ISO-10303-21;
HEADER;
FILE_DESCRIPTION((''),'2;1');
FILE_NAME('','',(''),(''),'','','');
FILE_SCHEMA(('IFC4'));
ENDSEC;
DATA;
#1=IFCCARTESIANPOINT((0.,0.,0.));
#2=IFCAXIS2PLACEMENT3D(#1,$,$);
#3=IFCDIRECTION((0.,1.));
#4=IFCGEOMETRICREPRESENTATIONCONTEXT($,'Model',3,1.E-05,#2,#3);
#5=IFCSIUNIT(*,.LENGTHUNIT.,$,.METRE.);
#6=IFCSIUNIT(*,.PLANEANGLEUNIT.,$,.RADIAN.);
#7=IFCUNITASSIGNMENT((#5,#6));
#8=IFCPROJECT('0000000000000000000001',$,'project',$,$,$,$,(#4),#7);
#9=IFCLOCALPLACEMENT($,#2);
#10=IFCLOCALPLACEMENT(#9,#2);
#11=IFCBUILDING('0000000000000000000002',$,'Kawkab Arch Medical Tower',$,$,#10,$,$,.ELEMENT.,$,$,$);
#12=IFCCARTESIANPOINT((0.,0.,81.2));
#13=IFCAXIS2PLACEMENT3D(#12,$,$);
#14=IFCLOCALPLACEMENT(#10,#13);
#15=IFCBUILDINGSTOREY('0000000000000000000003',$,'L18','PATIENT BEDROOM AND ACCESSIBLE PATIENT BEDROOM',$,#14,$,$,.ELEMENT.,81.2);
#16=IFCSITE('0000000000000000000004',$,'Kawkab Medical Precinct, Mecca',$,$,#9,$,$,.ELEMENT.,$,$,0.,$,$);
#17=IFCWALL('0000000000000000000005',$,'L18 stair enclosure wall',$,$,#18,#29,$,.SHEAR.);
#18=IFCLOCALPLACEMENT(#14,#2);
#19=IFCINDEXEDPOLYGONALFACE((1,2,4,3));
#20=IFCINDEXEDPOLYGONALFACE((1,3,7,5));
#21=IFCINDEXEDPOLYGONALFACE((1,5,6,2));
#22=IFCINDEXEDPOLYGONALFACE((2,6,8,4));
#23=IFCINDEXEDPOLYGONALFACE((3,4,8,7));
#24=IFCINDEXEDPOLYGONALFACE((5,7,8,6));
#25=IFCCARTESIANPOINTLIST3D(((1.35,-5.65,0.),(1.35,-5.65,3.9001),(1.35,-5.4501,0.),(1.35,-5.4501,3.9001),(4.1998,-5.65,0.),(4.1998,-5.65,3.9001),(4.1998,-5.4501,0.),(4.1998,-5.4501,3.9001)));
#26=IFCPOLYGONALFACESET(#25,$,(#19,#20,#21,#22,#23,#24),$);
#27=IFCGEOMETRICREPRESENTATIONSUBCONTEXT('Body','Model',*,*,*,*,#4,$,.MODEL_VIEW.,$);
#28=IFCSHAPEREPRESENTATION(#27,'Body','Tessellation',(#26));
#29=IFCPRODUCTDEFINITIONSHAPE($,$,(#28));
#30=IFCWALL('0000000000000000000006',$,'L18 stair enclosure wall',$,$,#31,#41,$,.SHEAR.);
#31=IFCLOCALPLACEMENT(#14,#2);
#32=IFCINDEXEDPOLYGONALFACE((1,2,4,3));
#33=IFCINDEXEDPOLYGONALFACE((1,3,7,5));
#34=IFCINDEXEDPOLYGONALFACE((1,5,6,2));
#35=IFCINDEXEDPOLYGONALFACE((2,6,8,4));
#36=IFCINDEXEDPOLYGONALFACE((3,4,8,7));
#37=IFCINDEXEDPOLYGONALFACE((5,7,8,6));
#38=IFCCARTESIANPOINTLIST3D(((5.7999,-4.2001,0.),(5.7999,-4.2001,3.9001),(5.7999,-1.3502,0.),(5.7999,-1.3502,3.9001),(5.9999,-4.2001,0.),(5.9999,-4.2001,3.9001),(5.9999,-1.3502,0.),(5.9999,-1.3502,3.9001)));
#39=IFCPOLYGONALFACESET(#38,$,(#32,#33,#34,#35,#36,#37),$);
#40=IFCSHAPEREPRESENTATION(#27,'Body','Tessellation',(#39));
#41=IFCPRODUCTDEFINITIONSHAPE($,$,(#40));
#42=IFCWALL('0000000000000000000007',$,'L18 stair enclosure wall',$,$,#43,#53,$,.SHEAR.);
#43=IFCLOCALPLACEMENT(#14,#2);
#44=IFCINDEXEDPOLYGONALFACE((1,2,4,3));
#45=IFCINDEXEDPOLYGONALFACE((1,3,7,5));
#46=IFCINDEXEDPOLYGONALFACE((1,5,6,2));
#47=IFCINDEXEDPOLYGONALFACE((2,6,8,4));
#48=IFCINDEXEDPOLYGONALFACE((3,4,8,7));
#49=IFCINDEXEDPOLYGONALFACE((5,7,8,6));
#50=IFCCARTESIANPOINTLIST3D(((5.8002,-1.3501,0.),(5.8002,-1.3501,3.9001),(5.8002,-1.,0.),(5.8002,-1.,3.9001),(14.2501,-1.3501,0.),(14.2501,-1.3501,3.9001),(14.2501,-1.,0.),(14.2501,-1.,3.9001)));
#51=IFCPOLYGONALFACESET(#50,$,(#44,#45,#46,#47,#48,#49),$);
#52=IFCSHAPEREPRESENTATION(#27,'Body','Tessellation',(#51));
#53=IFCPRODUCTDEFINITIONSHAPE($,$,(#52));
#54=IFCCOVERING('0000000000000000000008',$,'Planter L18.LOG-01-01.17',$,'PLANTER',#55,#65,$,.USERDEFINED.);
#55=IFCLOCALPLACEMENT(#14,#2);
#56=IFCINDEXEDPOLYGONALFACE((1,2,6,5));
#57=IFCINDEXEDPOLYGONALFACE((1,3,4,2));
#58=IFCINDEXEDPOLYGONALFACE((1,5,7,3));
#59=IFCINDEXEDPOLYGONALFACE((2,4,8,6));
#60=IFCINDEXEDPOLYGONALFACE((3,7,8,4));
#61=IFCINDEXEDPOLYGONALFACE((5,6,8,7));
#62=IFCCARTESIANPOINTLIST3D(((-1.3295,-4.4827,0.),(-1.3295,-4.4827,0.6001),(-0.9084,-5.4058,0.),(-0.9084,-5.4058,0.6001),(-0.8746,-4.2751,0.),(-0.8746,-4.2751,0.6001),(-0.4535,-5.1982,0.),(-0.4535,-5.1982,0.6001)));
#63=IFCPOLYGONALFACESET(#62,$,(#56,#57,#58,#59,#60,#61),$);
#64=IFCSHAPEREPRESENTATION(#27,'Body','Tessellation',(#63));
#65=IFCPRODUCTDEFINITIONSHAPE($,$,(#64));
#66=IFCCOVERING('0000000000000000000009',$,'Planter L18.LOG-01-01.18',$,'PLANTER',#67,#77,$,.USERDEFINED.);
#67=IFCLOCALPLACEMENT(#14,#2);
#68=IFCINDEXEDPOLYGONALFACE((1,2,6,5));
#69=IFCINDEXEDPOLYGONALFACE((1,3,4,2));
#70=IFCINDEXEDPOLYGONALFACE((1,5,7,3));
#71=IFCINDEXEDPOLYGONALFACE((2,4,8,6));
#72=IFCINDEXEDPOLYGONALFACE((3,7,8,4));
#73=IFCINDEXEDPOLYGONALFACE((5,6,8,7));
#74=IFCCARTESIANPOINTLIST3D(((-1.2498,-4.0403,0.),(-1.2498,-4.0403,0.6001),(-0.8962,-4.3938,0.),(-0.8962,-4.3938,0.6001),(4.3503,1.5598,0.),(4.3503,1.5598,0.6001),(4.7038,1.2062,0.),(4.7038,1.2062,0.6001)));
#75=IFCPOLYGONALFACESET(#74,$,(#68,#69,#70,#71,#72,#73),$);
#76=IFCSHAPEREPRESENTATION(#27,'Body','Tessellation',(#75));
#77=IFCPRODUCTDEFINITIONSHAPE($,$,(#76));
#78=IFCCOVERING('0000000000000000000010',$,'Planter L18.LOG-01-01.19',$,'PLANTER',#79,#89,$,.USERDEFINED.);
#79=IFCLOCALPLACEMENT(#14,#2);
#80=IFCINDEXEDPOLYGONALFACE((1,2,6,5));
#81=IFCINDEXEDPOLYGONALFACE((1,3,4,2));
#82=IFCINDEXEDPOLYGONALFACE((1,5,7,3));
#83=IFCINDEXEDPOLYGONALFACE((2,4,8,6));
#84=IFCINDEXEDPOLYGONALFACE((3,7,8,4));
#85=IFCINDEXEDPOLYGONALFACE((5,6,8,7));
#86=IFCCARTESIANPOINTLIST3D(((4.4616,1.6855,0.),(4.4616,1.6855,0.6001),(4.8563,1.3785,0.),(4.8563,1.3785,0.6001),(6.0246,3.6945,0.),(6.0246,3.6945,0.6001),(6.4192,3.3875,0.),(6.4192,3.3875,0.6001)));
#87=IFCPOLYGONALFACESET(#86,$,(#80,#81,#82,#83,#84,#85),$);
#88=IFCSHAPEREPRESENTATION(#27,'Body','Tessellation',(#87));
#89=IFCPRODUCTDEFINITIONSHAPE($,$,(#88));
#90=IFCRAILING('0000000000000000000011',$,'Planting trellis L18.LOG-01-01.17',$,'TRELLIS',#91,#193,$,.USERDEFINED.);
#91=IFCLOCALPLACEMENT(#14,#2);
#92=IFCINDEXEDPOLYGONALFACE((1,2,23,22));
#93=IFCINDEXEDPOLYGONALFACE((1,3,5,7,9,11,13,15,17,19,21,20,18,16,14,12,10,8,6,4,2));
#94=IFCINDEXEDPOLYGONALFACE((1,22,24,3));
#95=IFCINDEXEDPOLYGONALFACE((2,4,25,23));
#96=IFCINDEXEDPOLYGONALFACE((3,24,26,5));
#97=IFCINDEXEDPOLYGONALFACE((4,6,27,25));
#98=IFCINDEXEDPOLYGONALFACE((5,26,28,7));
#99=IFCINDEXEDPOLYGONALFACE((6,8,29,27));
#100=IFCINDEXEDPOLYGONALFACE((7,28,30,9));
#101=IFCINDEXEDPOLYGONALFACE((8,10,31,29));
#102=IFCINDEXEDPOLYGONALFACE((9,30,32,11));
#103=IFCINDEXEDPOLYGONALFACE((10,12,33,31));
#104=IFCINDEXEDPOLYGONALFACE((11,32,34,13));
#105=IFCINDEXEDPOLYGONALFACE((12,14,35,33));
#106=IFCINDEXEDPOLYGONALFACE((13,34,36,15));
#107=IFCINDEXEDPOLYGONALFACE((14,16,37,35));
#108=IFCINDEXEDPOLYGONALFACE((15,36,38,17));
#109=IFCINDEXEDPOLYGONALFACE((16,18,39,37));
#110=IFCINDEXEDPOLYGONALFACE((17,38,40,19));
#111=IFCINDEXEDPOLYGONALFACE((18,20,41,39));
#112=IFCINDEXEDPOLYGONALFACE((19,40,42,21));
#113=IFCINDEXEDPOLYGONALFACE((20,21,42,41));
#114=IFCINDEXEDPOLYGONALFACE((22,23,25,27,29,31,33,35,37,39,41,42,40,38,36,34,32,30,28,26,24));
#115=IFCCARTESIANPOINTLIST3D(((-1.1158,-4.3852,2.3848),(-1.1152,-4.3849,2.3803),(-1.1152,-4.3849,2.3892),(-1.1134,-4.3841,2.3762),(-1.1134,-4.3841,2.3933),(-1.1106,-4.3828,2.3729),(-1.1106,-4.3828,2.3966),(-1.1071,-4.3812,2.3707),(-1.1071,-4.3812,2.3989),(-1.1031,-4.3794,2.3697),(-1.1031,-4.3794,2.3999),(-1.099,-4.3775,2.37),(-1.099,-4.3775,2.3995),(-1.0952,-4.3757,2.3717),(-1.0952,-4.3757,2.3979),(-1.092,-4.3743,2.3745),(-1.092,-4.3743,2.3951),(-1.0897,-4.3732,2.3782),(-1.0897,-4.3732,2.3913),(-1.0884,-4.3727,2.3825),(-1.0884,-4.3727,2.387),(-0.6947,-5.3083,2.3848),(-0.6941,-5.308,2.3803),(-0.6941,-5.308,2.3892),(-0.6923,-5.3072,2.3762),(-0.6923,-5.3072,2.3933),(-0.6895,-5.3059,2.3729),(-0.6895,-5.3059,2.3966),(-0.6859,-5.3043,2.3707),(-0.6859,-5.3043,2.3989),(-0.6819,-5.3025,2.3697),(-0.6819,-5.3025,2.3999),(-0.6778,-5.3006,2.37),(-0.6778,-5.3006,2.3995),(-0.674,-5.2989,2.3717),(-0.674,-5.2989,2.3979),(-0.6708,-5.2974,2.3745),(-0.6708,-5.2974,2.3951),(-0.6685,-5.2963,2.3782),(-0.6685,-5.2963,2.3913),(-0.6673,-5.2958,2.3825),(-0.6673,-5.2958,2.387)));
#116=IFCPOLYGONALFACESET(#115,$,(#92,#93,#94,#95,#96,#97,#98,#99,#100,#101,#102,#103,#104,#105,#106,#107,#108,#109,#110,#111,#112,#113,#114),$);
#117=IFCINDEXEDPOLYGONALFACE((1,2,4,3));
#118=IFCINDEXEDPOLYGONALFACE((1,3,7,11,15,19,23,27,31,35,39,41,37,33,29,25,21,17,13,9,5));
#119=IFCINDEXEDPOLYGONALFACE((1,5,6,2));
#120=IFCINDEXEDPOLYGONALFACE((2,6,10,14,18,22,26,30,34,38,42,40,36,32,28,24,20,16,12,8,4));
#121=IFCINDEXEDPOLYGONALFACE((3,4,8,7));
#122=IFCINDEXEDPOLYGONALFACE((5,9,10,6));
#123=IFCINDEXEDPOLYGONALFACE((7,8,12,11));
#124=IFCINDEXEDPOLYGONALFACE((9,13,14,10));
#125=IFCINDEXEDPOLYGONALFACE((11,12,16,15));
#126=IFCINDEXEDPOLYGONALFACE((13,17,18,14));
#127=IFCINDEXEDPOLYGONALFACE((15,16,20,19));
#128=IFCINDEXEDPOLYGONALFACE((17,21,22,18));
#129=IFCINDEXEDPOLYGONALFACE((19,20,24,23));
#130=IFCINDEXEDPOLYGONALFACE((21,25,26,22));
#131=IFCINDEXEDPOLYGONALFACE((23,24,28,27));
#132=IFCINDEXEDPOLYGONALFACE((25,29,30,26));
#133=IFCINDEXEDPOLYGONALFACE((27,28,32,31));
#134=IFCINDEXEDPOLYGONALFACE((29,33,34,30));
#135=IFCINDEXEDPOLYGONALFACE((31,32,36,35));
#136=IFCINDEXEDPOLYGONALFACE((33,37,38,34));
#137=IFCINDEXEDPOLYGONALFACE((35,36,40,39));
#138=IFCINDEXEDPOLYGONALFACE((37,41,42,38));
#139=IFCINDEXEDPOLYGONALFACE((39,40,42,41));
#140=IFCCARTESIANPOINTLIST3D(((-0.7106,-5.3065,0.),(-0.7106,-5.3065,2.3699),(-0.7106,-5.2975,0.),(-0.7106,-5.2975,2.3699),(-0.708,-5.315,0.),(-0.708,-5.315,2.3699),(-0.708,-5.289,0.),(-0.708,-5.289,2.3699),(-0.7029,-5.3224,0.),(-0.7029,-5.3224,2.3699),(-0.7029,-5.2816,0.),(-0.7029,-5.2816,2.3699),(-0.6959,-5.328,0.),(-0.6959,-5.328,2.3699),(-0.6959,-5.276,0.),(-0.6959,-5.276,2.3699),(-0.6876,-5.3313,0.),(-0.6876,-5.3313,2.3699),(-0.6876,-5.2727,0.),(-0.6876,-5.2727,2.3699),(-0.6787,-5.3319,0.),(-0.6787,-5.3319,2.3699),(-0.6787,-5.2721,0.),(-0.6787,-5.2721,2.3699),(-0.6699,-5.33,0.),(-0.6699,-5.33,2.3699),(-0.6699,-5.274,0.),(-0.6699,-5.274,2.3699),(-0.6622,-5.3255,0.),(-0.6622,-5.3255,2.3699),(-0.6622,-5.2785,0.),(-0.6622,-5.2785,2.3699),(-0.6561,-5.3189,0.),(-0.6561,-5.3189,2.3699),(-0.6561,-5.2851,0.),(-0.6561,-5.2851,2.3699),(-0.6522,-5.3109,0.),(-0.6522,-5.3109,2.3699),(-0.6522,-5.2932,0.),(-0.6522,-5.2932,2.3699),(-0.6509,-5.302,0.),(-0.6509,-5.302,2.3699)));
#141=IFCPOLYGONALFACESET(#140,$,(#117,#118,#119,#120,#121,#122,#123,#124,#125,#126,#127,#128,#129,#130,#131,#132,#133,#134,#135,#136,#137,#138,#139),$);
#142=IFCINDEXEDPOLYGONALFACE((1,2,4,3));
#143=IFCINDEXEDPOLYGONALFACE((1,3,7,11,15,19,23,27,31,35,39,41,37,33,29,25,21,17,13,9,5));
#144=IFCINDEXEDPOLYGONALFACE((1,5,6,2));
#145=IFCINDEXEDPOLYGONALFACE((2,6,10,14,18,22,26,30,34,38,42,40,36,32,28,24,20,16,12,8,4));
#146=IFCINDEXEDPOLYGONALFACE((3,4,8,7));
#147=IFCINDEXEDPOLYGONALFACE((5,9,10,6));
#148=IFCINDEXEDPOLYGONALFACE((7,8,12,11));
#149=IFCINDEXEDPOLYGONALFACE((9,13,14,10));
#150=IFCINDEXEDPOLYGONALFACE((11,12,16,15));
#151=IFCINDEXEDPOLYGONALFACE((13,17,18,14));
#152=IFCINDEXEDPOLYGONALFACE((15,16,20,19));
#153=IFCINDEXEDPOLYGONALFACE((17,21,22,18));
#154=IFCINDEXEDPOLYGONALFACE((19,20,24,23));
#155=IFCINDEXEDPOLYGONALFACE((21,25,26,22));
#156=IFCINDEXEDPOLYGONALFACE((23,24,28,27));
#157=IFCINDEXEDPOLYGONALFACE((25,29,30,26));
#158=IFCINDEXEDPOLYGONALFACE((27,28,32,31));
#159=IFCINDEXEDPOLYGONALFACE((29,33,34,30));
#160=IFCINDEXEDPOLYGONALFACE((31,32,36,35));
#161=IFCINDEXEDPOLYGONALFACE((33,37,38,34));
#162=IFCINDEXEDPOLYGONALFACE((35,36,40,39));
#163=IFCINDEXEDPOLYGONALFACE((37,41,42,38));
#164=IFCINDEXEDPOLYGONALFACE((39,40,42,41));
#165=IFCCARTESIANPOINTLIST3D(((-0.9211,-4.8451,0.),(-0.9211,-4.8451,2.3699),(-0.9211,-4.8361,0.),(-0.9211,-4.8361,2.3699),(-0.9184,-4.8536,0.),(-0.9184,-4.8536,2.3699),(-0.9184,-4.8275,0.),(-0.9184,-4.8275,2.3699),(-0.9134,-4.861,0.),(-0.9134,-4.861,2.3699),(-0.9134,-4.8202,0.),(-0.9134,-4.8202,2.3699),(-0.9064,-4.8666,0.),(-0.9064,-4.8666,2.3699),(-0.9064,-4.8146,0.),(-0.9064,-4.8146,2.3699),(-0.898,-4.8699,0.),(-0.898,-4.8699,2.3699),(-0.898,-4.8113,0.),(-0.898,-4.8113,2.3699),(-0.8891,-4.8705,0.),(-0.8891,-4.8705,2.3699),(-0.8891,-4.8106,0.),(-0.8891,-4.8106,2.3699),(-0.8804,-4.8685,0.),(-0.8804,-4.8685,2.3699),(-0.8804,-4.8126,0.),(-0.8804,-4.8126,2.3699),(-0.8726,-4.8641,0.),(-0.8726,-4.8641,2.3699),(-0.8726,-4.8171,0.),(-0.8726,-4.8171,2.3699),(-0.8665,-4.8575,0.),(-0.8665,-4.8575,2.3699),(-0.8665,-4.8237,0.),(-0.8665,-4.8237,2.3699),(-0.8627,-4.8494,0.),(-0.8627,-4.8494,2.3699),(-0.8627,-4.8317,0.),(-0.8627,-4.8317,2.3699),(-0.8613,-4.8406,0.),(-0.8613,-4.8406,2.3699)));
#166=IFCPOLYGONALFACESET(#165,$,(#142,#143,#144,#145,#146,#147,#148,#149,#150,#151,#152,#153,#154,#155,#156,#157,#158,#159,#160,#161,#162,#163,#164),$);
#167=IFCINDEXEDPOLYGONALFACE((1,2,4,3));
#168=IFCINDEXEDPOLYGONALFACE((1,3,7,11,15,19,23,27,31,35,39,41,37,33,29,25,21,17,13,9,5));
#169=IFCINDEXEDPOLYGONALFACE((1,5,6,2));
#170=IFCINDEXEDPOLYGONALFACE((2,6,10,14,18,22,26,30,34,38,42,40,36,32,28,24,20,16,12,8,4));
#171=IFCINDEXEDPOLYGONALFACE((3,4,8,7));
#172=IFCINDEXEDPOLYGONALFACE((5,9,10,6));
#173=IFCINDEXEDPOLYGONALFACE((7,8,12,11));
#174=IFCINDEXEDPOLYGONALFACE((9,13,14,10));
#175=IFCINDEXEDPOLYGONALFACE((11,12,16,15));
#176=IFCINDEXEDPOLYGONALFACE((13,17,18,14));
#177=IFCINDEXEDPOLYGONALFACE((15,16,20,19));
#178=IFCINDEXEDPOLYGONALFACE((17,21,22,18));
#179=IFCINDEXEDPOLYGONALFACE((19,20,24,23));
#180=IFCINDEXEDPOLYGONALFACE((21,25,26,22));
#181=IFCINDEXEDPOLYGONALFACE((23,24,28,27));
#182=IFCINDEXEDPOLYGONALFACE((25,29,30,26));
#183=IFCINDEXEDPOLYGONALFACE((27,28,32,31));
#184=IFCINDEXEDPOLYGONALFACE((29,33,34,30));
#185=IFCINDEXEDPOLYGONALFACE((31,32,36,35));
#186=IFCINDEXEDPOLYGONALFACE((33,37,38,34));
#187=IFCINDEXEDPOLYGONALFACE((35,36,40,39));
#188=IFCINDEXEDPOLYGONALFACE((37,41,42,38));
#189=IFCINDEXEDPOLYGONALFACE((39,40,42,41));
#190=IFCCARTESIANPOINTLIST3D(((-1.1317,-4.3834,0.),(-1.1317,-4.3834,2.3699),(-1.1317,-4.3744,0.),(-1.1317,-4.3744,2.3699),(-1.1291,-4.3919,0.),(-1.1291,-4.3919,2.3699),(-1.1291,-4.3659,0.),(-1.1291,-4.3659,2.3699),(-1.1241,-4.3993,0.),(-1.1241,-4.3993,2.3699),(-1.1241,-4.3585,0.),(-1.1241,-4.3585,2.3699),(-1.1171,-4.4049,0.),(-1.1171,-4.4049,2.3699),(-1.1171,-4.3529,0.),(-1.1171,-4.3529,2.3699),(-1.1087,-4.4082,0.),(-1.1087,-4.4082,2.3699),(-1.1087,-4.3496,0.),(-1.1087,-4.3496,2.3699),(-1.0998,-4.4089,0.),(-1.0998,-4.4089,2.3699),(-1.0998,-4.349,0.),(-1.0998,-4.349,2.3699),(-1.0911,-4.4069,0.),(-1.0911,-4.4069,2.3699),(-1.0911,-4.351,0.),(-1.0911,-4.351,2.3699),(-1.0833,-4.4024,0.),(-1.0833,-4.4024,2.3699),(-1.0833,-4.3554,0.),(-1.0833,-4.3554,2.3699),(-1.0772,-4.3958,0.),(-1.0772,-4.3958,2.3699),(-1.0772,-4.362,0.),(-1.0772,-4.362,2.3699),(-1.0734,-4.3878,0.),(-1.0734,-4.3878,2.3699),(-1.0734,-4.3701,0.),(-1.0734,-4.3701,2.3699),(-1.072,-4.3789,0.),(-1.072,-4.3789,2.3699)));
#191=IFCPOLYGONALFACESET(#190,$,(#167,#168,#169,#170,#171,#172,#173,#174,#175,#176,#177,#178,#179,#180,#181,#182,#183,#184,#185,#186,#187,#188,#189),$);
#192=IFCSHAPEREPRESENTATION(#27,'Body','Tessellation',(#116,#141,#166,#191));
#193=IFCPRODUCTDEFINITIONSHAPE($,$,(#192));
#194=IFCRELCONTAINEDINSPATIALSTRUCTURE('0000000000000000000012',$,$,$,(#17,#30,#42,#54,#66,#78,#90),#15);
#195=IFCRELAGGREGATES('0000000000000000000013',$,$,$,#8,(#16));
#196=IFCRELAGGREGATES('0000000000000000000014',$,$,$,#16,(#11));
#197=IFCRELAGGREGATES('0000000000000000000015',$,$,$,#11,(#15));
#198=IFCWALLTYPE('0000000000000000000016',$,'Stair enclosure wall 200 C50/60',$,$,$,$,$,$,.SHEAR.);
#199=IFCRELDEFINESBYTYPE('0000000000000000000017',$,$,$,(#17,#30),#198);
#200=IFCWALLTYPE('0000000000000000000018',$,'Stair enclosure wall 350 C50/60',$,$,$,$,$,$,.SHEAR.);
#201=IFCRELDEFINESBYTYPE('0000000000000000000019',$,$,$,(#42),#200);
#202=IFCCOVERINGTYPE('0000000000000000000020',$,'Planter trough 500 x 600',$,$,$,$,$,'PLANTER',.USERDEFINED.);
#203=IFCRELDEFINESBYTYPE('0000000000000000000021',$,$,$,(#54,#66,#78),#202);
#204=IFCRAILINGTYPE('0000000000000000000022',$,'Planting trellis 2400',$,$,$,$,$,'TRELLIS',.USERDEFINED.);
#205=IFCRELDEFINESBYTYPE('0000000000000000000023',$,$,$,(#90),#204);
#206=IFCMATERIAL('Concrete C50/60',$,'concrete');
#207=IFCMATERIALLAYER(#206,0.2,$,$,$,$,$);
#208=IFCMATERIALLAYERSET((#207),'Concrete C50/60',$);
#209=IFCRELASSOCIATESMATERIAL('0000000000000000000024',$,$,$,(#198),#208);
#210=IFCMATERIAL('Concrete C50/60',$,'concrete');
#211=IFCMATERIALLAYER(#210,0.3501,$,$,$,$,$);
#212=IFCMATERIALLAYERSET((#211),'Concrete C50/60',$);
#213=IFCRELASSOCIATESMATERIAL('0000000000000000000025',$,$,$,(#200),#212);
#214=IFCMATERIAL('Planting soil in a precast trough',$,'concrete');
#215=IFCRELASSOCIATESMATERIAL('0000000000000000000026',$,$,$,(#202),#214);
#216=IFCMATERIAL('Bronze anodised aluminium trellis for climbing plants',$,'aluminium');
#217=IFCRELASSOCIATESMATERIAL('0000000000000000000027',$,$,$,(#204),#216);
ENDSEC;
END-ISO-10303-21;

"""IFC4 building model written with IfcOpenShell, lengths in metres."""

from ifc_helpers import new_model, si_unit, direction, frame, frame_2d, origin, origin_2d, place, context, subcontext, project, spatial, rectangle, circle, extrude, material, layer, layer_set, material_profile, profile_set, type_object, element, save


model = new_model("IFC4")

# Units and contexts
model_context = context("Model", 3, precision=1e-05, world=origin(), true_north=direction((0.0, 1.0)))
body_context = subcontext(model_context, "Body", "Model", "MODEL_VIEW")
ifc_project = project(units=[si_unit("LENGTHUNIT", "METRE"), si_unit("PLANEANGLEUNIT", "RADIAN")], contexts=[model_context])

# Site, building, storey
site_placement = place(None, origin())
site = spatial("IfcSite", under=ifc_project, at=site_placement, Name="Kawkab Medical Precinct, Mecca", CompositionType="ELEMENT", RefElevation=0.0)
building_placement = place(site_placement, origin())
building = spatial("IfcBuilding", under=site, at=building_placement, Name="Kawkab Arch Medical Tower", CompositionType="ELEMENT")
storey_placement = place(building_placement, frame((0.0, 0.0, 81.2)))
storey = spatial("IfcBuildingStorey", under=building, at=storey_placement, Name="L18", Description="PATIENT BEDROOM AND ACCESSIBLE PATIENT BEDROOM", CompositionType="ELEMENT", Elevation=81.2)

# Walls
ifc_material_1 = material(Name="Concrete C50/60", Category="concrete")
ifc_layer_1 = layer(ifc_material_1, 0.2)
ifc_layer_set_1 = layer_set([ifc_layer_1], Name="Concrete C50/60")
wall_type_1 = type_object("IfcWallType", Name="Stair enclosure wall 200 C50/60", PredefinedType="SHEAR", material=ifc_layer_set_1)
for number, where, z_axis, x_axis, name in (
    (1, (1.3501, -5.55, 0.0), (0.0, 0.0, 1.0), (1.0, 0.0, 0.0), "L18 stair enclosure wall"),
    (2, (5.8999, -4.2, 0.0), (0.0, 0.0, 1.0), (0.0, 1.0, 0.0), "L18 stair enclosure wall"),
):
    element("IfcWall", number, at=place(storey_placement, frame(where, z_axis=z_axis, x_axis=x_axis)), inside=storey, type_object=wall_type_1, Name=name, PredefinedType="SHEAR", context=body_context, shape_type="SweptSolid", body=[
        extrude(rectangle(XDim=2.8499, YDim=0.2, at=frame_2d((1.4248, 0.0))), origin(), (0.0, 0.0, 1.0), 3.9001),
    ])
ifc_material_2 = material(Name="Concrete C50/60", Category="concrete")
ifc_layer_2 = layer(ifc_material_2, 0.3501)
ifc_layer_set_2 = layer_set([ifc_layer_2], Name="Concrete C50/60")
wall_type_2 = type_object("IfcWallType", Name="Stair enclosure wall 350 C50/60", PredefinedType="SHEAR", material=ifc_layer_set_2)
wall_1_placement = place(storey_placement, frame((5.8, -1.175, 0.0), z_axis=(0.0, 0.0, 1.0), x_axis=(1.0, 0.0, 0.0)))
element("IfcWall", 3, at=wall_1_placement, inside=storey, type_object=wall_type_2, Name="L18 stair enclosure wall", PredefinedType="SHEAR", context=body_context, shape_type="SweptSolid", body=[
    extrude(rectangle(XDim=8.45, YDim=0.3501, at=frame_2d((4.2251, 0.0))), origin(), (0.0, 0.0, 1.0), 3.9001),
])

# Coverings
ifc_material_3 = material(Name="Planting soil in a precast trough", Category="concrete")
ifc_material_profile_1 = material_profile(ifc_material_3, rectangle(XDim=0.5, YDim=0.6001, at=origin_2d()), Name="Trough 500x600")
ifc_profile_set_1 = profile_set([ifc_material_profile_1], Name="Planting soil in a precast trough")
covering_type = type_object("IfcCoveringType", Name="Planter trough 500 x 600", ElementType="PLANTER", PredefinedType="USERDEFINED", material=ifc_profile_set_1)
covering_1_placement = place(storey_placement, frame((-0.6809, -5.302, 0.3), z_axis=(-0.415072, 0.909789, 0.0), x_axis=(-0.909789, -0.415072, 0.0)))
element("IfcCovering", 4, at=covering_1_placement, inside=storey, type_object=covering_type, Name="Planter L18.LOG-01-01.17", ObjectType="PLANTER", PredefinedType="USERDEFINED", context=body_context, shape_type="SweptSolid", body=[
    extrude(rectangle(XDim=0.5, YDim=0.6001, at=origin_2d()), origin(), (0.0, 0.0, 1.0), 1.0146),
])
covering_2_placement = place(storey_placement, frame((-1.073, -4.217, 0.3), z_axis=(0.707107, 0.707107, 0.0), x_axis=(-0.707107, 0.707107, 0.0)))
element("IfcCovering", 5, at=covering_2_placement, inside=storey, type_object=covering_type, Name="Planter L18.LOG-01-01.18", ObjectType="PLANTER", PredefinedType="USERDEFINED", context=body_context, shape_type="SweptSolid", body=[
    extrude(rectangle(XDim=0.5, YDim=0.6001, at=origin_2d()), origin(), (0.0, 0.0, 1.0), 7.9197),
])
covering_3_placement = place(storey_placement, frame((4.6589, 1.532, 0.3), z_axis=(0.61404, 0.789275, 0.0), x_axis=(-0.789275, 0.61404, 0.0)))
element("IfcCovering", 6, at=covering_3_placement, inside=storey, type_object=covering_type, Name="Planter L18.LOG-01-01.19", ObjectType="PLANTER", PredefinedType="USERDEFINED", context=body_context, shape_type="SweptSolid", body=[
    extrude(rectangle(XDim=0.5, YDim=0.6001, at=origin_2d()), origin(), (0.0, 0.0, 1.0), 2.5454),
])

# Railing
ifc_material_4 = material(Name="Bronze anodised aluminium trellis for climbing plants", Category="aluminium")
railing_type_1 = type_object("IfcRailingType", Name="Planting trellis 2400", ElementType="TRELLIS", PredefinedType="USERDEFINED", material=ifc_material_4)
railing_1_placement = place(storey_placement, frame((-0.6809, -5.302, 0.0)))
element("IfcRailing", 7, at=railing_1_placement, inside=storey, type_object=railing_type_1, Name="Planting trellis L18.LOG-01-01.17", ObjectType="TRELLIS", PredefinedType="USERDEFINED", context=body_context, shape_type="SweptSolid", body=[
    extrude(circle(Radius=0.0151, at=origin_2d()), frame((0.0, 0.0, 2.3848), z_axis=(-0.415072, 0.909789, 0.0), x_axis=(-0.909789, -0.415072, 0.0)), (0.0, 0.0, 1.0), 1.0146),
    extrude(circle(Radius=0.03, at=origin_2d()), origin(), (0.0, 0.0, 1.0), 2.3699),
    extrude(circle(Radius=0.03, at=origin_2d()), frame((-0.2104, 0.4614, 0.0)), (0.0, 0.0, 1.0), 2.3699),
    extrude(circle(Radius=0.03, at=origin_2d()), frame((-0.4211, 0.9231, 0.0)), (0.0, 0.0, 1.0), 2.3699),
])

save(model, "model.ifc")
